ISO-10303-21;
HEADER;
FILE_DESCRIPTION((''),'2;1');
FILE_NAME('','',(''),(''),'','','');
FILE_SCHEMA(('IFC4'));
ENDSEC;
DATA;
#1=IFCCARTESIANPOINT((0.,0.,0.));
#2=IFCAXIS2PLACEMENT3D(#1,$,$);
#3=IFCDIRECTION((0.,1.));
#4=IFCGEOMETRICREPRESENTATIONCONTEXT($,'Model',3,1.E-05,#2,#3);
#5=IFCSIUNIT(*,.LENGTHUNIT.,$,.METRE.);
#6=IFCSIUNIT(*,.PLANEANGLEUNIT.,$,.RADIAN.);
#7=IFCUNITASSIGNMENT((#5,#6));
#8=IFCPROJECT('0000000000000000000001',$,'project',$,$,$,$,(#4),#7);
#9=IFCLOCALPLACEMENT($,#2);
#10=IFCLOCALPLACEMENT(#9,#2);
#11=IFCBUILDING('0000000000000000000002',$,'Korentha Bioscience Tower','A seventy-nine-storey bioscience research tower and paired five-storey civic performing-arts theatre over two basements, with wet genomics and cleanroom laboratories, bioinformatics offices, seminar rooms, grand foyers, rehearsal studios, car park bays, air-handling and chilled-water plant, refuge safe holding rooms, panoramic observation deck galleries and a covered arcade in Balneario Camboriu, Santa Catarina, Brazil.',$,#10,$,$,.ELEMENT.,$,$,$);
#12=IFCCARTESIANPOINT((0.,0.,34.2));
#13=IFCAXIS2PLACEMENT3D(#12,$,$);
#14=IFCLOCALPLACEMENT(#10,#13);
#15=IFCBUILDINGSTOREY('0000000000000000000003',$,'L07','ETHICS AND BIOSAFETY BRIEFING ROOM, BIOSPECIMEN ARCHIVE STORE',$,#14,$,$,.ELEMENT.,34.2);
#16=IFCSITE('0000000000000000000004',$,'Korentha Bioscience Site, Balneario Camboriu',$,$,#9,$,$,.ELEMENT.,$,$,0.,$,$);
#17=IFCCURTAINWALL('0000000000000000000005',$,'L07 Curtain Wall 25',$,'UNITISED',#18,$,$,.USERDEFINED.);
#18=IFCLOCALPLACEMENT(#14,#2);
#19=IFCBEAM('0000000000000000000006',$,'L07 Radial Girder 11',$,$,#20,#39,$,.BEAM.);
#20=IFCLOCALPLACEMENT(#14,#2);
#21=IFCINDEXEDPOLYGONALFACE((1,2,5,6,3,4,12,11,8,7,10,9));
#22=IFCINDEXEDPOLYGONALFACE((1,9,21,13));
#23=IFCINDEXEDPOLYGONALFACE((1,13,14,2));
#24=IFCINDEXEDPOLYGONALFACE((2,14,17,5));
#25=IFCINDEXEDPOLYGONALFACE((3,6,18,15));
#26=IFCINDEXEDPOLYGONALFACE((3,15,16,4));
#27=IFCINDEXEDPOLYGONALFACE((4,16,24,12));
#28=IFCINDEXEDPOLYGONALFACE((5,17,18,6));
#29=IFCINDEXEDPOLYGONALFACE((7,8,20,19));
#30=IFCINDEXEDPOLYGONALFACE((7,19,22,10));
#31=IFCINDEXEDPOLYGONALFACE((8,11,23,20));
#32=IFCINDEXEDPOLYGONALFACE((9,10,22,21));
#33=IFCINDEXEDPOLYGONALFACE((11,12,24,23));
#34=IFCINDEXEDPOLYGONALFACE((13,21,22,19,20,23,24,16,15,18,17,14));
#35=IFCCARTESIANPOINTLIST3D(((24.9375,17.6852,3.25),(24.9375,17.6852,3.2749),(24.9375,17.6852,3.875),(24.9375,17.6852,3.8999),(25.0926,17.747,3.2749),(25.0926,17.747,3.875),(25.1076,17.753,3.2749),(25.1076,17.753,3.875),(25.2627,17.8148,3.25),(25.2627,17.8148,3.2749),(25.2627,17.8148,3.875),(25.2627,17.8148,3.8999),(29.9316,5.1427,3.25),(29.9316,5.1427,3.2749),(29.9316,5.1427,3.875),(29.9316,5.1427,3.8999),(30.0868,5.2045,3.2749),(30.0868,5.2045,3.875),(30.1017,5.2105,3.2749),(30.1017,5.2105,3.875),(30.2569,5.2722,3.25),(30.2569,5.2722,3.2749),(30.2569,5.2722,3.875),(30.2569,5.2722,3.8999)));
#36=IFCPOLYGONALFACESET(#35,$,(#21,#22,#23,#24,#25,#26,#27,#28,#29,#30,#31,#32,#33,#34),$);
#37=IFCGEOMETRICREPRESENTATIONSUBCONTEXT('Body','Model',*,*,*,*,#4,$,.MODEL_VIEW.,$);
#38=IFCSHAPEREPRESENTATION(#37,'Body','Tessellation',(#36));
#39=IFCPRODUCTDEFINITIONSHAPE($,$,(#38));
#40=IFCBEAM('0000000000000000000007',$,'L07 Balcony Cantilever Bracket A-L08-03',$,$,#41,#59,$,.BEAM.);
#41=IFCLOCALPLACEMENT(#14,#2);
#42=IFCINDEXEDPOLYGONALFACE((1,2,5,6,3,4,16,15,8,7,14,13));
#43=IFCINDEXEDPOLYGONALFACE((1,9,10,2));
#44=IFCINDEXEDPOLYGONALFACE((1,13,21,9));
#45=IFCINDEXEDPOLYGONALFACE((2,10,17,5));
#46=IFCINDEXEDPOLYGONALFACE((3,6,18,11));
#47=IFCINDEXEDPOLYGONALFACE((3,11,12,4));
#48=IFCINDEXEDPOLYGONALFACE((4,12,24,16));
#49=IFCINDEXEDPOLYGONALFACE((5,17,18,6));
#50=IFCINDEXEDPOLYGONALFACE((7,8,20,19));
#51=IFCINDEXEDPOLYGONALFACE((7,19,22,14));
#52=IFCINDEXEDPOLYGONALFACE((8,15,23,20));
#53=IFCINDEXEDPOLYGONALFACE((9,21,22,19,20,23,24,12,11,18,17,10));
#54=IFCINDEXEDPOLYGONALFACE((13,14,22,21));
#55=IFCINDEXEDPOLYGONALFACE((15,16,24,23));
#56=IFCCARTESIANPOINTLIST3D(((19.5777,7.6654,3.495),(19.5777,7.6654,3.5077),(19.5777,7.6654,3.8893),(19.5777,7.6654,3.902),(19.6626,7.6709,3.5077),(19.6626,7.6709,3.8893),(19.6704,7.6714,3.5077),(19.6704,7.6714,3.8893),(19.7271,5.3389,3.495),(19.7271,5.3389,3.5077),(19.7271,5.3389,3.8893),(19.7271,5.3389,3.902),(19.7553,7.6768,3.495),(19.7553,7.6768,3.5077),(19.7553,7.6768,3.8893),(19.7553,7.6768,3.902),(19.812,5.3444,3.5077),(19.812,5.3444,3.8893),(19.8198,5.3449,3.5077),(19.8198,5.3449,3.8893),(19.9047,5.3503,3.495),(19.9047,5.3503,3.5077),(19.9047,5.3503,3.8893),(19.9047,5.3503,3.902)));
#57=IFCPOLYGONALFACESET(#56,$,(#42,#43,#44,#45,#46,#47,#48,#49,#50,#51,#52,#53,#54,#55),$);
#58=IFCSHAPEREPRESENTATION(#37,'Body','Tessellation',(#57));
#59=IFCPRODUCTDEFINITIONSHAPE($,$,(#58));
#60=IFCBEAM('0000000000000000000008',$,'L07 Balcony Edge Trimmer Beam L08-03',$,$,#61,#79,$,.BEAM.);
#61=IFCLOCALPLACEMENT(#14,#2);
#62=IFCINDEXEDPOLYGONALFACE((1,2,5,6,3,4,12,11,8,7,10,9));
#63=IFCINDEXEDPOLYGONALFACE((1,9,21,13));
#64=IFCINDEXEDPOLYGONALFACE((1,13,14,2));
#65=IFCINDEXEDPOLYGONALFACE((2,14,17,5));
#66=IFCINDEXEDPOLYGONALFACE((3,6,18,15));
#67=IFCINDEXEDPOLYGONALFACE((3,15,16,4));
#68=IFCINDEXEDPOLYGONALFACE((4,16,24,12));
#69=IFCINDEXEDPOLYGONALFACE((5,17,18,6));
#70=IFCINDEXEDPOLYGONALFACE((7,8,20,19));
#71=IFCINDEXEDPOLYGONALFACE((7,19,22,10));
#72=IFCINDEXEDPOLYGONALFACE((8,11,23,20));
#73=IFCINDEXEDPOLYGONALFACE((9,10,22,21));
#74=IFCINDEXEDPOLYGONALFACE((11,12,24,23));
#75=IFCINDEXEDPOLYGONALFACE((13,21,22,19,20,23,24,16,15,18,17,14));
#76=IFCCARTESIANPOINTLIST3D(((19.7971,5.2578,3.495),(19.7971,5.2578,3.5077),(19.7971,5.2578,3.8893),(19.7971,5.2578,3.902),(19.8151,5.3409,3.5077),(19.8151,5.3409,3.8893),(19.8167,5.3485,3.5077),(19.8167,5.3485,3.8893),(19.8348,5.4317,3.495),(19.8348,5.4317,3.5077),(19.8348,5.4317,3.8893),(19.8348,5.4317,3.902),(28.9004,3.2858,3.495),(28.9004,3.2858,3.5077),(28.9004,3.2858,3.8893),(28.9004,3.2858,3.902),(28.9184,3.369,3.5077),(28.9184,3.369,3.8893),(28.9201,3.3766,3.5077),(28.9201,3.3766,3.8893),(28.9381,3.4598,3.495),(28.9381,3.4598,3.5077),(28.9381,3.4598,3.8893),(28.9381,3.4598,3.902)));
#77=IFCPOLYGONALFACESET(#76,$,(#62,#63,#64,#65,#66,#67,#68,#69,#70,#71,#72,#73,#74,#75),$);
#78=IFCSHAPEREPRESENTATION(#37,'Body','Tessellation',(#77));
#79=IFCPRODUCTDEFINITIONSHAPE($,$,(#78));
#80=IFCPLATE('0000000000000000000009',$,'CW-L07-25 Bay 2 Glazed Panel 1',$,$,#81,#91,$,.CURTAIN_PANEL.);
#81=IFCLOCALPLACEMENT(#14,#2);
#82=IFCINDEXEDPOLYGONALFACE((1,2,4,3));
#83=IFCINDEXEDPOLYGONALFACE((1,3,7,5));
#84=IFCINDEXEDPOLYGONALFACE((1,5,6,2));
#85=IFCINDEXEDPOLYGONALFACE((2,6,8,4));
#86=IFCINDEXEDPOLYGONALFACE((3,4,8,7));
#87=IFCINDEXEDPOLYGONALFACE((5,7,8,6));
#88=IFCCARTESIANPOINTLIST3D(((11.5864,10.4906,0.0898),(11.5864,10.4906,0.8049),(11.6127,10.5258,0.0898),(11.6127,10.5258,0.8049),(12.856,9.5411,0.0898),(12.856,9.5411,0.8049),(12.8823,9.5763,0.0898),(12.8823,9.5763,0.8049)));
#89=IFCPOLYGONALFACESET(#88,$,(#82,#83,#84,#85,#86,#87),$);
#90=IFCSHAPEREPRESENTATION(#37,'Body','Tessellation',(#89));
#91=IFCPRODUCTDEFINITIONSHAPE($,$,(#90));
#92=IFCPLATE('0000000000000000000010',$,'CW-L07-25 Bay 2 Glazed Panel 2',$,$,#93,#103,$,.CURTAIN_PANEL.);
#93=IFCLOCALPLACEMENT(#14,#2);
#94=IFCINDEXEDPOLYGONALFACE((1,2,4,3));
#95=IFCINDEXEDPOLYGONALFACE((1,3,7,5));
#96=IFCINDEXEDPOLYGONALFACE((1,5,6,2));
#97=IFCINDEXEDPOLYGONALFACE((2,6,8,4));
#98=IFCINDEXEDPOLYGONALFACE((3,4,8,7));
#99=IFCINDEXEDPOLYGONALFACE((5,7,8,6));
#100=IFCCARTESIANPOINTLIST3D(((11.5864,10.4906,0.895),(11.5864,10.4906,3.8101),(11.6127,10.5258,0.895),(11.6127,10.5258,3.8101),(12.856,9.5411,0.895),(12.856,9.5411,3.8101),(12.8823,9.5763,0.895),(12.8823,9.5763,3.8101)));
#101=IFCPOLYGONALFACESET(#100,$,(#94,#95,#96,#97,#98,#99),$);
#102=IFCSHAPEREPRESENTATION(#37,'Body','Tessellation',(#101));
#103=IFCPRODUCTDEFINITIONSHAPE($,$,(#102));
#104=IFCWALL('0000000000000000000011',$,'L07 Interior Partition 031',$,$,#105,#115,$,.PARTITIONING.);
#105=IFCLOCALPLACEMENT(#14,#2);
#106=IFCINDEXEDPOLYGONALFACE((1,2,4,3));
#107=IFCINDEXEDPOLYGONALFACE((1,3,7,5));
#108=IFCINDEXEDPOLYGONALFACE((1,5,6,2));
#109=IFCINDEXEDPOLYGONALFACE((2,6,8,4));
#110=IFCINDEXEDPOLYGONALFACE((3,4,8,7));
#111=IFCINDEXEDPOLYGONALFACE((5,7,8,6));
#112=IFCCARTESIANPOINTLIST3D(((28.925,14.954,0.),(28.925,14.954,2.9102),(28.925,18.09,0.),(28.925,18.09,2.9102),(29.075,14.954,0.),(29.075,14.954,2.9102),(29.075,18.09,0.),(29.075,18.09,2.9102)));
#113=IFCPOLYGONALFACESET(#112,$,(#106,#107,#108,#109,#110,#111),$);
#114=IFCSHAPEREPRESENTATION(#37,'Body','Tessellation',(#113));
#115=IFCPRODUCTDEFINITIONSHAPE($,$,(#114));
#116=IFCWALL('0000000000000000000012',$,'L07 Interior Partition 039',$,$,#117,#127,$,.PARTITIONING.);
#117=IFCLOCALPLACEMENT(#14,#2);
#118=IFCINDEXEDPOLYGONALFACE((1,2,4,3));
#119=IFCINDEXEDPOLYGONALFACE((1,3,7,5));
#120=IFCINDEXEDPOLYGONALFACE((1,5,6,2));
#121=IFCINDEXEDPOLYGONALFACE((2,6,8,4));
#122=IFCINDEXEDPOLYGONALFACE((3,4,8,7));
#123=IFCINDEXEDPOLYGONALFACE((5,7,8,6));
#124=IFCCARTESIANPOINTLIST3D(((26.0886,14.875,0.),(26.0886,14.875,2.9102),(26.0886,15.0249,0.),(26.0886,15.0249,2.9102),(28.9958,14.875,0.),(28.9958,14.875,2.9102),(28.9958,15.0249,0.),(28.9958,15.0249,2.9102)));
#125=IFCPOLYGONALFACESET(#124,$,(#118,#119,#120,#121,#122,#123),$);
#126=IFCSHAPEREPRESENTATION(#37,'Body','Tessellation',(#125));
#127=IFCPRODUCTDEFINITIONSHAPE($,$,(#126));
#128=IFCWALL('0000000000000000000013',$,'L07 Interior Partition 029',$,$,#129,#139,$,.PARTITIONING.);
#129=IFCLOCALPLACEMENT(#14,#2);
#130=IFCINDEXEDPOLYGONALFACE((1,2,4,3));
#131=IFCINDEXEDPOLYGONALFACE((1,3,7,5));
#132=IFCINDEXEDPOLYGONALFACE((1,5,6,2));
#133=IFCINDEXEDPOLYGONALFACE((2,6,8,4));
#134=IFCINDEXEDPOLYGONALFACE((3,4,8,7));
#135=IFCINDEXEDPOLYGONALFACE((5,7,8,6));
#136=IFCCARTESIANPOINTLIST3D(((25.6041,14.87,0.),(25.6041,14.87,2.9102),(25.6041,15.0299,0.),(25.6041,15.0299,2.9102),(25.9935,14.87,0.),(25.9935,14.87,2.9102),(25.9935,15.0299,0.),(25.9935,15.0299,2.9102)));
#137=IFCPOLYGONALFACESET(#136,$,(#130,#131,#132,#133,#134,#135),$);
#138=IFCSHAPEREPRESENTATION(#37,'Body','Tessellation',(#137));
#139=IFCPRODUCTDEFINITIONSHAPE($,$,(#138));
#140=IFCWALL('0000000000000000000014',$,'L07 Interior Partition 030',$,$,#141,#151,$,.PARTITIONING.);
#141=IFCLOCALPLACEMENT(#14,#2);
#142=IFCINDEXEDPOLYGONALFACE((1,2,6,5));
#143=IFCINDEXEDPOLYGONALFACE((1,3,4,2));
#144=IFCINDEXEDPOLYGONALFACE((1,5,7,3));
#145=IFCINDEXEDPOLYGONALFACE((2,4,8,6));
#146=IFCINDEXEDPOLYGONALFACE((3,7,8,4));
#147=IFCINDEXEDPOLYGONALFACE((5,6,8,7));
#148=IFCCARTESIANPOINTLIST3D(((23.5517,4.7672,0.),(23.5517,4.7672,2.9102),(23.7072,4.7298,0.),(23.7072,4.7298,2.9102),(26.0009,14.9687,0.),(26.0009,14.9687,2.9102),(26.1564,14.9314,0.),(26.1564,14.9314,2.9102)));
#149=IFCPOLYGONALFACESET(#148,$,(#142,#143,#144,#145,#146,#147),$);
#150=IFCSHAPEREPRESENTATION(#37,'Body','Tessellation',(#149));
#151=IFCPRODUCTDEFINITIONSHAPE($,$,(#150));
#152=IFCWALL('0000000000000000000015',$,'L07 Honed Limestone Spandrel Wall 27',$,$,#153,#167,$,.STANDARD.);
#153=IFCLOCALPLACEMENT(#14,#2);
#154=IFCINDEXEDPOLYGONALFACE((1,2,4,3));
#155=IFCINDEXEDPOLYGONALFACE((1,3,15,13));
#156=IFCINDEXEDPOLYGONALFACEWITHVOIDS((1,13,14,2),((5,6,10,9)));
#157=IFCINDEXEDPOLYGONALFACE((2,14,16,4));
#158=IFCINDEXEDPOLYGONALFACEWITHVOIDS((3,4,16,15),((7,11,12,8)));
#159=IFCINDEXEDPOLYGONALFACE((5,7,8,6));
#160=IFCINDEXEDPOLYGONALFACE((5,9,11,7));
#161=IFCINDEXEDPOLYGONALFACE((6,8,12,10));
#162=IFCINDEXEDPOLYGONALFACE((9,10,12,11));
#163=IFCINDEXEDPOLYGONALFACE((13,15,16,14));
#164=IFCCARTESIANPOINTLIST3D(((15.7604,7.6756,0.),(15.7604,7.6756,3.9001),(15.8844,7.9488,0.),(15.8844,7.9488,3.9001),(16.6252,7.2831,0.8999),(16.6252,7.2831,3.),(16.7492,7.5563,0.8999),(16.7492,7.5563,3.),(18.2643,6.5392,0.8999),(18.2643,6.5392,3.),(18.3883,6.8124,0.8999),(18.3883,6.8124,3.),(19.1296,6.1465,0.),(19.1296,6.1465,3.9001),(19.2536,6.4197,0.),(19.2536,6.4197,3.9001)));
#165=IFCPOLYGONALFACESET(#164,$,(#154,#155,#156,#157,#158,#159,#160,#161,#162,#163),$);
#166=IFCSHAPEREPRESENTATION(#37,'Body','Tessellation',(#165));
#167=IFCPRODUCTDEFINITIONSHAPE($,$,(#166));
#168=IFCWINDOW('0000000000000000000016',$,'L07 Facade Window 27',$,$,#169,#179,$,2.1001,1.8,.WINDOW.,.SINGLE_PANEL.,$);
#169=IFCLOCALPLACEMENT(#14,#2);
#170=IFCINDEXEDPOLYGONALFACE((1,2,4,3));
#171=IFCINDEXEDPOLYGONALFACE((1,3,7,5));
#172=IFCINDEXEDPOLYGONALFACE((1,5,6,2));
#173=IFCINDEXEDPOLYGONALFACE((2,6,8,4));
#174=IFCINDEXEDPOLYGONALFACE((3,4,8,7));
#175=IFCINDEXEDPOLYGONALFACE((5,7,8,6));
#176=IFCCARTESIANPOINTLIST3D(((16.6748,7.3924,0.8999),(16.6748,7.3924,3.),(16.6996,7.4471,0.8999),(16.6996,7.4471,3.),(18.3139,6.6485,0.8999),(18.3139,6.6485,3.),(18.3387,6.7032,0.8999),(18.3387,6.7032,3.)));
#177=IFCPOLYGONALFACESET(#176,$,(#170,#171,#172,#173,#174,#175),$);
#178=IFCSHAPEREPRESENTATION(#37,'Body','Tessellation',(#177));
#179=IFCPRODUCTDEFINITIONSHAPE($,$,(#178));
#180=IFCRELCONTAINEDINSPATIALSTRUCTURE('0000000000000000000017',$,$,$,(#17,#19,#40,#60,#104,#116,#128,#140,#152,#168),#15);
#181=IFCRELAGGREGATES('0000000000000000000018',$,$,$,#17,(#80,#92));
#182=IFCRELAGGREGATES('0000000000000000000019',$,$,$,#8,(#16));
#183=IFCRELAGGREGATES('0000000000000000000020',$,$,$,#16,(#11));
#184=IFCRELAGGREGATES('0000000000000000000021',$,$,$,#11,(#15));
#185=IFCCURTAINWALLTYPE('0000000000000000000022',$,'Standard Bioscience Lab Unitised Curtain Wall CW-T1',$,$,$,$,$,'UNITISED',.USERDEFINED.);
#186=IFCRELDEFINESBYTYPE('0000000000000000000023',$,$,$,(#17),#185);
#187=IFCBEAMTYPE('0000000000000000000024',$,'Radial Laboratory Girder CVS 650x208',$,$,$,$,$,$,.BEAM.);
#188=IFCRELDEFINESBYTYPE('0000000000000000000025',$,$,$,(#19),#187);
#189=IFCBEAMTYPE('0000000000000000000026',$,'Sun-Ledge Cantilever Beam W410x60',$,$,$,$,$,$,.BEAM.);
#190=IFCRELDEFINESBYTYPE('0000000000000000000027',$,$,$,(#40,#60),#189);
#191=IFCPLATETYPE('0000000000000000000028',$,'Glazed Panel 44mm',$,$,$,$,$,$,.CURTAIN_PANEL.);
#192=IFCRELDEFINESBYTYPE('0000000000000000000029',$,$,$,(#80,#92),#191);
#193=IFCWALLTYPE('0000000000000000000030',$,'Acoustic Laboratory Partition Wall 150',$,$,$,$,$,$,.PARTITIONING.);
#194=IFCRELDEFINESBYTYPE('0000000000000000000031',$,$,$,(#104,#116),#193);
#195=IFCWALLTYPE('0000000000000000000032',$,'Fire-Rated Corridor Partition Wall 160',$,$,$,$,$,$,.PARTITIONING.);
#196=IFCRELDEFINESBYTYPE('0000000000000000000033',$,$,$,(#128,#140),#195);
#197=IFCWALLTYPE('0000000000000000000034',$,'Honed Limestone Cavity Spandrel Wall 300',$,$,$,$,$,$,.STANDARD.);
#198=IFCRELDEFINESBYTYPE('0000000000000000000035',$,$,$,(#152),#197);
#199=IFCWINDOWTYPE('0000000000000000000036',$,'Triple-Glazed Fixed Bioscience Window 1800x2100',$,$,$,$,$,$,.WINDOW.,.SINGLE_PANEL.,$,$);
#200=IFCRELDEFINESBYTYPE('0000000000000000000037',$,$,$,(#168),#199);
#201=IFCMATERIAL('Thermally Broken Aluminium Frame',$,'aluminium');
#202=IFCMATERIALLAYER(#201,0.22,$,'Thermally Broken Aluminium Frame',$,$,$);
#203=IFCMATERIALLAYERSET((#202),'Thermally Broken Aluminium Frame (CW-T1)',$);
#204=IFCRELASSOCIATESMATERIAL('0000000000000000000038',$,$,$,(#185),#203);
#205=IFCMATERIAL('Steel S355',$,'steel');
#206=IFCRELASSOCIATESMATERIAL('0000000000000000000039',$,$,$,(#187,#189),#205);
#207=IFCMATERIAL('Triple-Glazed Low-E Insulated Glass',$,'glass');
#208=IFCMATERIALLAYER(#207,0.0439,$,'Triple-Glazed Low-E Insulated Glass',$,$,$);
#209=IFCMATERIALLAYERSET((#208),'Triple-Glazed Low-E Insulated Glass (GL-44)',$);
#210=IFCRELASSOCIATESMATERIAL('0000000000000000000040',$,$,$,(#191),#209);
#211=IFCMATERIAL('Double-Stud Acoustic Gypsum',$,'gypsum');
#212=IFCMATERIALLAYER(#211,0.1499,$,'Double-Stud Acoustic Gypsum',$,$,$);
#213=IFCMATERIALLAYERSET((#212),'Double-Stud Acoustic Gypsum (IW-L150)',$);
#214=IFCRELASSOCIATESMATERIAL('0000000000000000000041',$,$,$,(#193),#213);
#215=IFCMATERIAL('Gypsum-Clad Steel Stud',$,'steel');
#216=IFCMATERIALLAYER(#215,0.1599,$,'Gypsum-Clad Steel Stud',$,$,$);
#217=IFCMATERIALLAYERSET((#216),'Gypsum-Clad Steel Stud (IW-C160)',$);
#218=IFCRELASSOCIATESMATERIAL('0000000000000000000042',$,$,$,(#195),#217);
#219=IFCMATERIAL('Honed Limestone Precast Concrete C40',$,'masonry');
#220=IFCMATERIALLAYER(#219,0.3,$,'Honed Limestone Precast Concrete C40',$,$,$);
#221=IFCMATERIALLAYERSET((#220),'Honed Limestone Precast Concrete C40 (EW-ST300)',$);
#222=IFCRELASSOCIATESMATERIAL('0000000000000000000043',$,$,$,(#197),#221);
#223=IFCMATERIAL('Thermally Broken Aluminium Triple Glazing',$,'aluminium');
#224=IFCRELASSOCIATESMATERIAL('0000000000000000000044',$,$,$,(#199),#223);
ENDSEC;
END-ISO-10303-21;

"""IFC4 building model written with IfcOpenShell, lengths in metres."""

from ifc_helpers import new_model, si_unit, direction, frame, frame_2d, origin, origin_2d, place, context, subcontext, project, spatial, rectangle, i_section, extrude, material, layer, layer_set, material_profile, profile_set, type_object, element, fill, aggregate, save


model = new_model("IFC4")

# Units and contexts
model_context = context("Model", 3, precision=1e-05, world=origin(), true_north=direction((0.0, 1.0)))
body_context = subcontext(model_context, "Body", "Model", "MODEL_VIEW")
ifc_project = project(units=[si_unit("LENGTHUNIT", "METRE"), si_unit("PLANEANGLEUNIT", "RADIAN")], contexts=[model_context])

# Site, building, storey
site_placement = place(None, origin())
site = spatial("IfcSite", under=ifc_project, at=site_placement, Name="Korentha Bioscience Site, Balneario Camboriu", CompositionType="ELEMENT", RefElevation=0.0)
building_placement = place(site_placement, origin())
building = spatial("IfcBuilding", under=site, at=building_placement, Name="Korentha Bioscience Tower", Description="A seventy-nine-storey bioscience research tower and paired five-storey civic performing-arts theatre over two basements, with wet genomics and cleanroom laboratories, bioinformatics offices, seminar rooms, grand foyers, rehearsal studios, car park bays, air-handling and chilled-water plant, refuge safe holding rooms, panoramic observation deck galleries and a covered arcade in Balneario Camboriu, Santa Catarina, Brazil.", CompositionType="ELEMENT")
storey_placement = place(building_placement, frame((0.0, 0.0, 34.2)))
storey = spatial("IfcBuildingStorey", under=building, at=storey_placement, Name="L07", Description="ETHICS AND BIOSAFETY BRIEFING ROOM, BIOSPECIMEN ARCHIVE STORE", CompositionType="ELEMENT", Elevation=34.2)

# Curtain wall
ifc_material_1 = material(Name="Thermally Broken Aluminium Frame", Category="aluminium")
ifc_layer_1 = layer(ifc_material_1, 0.22, Name="Thermally Broken Aluminium Frame")
ifc_layer_set_1 = layer_set([ifc_layer_1], Name="Thermally Broken Aluminium Frame (CW-T1)")
curtain_wall_type = type_object("IfcCurtainWallType", Name="Standard Bioscience Lab Unitised Curtain Wall CW-T1", ElementType="UNITISED", PredefinedType="USERDEFINED", material=ifc_layer_set_1)
curtain_wall_1_placement = place(storey_placement, origin())
curtain_wall_1 = element("IfcCurtainWall", 1, at=curtain_wall_1_placement, inside=storey, type_object=curtain_wall_type, Name="L07 Curtain Wall 25", ObjectType="UNITISED", PredefinedType="USERDEFINED")

# Beams
ifc_material_2 = material(Name="Steel S355", Category="steel")
ifc_material_profile_1 = material_profile(ifc_material_2, i_section(OverallWidth=0.3501, OverallDepth=0.6499, WebThickness=0.0161, FlangeThickness=0.0249, at=origin_2d()), Name="Steel S355")
ifc_profile_set_1 = profile_set([ifc_material_profile_1], Name="Steel S355 (RB-650)")
beam_type_1 = type_object("IfcBeamType", Name="Radial Laboratory Girder CVS 650x208", PredefinedType="BEAM", material=ifc_profile_set_1)
beam_1_placement = place(storey_placement, frame((25.1001, 17.75, 3.575), z_axis=(0.369931, -0.929059, 0.0), x_axis=(0.929059, 0.369931, 0.0)))
element("IfcBeam", 2, at=beam_1_placement, inside=storey, type_object=beam_type_1, Name="L07 Radial Girder 11", PredefinedType="BEAM", context=body_context, shape_type="SweptSolid", body=[
    extrude(i_section(OverallWidth=0.3501, OverallDepth=0.6499, WebThickness=0.0161, FlangeThickness=0.0249, at=origin_2d()), origin(), (0.0, 0.0, 1.0), 13.5002),
])
ifc_material_profile_2 = material_profile(ifc_material_2, i_section(OverallWidth=0.178, OverallDepth=0.407, WebThickness=0.0078, FlangeThickness=0.0127, at=origin_2d()), Name="Steel S355")
ifc_profile_set_2 = profile_set([ifc_material_profile_2], Name="Steel S355 (CB-410)")
beam_type_2 = type_object("IfcBeamType", Name="Sun-Ledge Cantilever Beam W410x60", PredefinedType="BEAM", material=ifc_profile_set_2)
beam_2_placement = place(storey_placement, frame((19.6665, 7.6711, 3.6985), z_axis=(0.064093, -0.997944, 0.0), x_axis=(0.997944, 0.064093, 0.0)))
element("IfcBeam", 3, at=beam_2_placement, inside=storey, type_object=beam_type_2, Name="L07 Balcony Cantilever Bracket A-L08-03", PredefinedType="BEAM", context=body_context, shape_type="SweptSolid", body=[
    extrude(i_section(OverallWidth=0.178, OverallDepth=0.407, WebThickness=0.0078, FlangeThickness=0.0127, at=origin_2d()), origin(), (0.0, 0.0, 1.0), 2.3313),
])
beam_3_placement = place(storey_placement, frame((19.8159, 5.3447, 3.6985), z_axis=(0.977333, -0.211707, 0.0), x_axis=(0.211707, 0.977333, 0.0)))
element("IfcBeam", 4, at=beam_3_placement, inside=storey, type_object=beam_type_2, Name="L07 Balcony Edge Trimmer Beam L08-03", PredefinedType="BEAM", context=body_context, shape_type="SweptSolid", body=[
    extrude(i_section(OverallWidth=0.178, OverallDepth=0.407, WebThickness=0.0078, FlangeThickness=0.0127, at=origin_2d()), origin(), (0.0, 0.0, 1.0), 9.3145),
])

# Plates
ifc_material_3 = material(Name="Triple-Glazed Low-E Insulated Glass", Category="glass")
ifc_layer_2 = layer(ifc_material_3, 0.0439, Name="Triple-Glazed Low-E Insulated Glass")
ifc_layer_set_2 = layer_set([ifc_layer_2], Name="Triple-Glazed Low-E Insulated Glass (GL-44)")
plate_type = type_object("IfcPlateType", Name="Glazed Panel 44mm", PredefinedType="CURTAIN_PANEL", material=ifc_layer_set_2)
plate_1_placement = place(storey_placement, frame((12.2344, 10.0334, 0.0898), z_axis=(0.0, 0.0, 1.0), x_axis=(0.800798, -0.598935, 0.0)))
plate_1 = element("IfcPlate", 5, at=plate_1_placement, type_object=plate_type, Name="CW-L07-25 Bay 2 Glazed Panel 1", PredefinedType="CURTAIN_PANEL", context=body_context, shape_type="SweptSolid", body=[
    extrude(rectangle(XDim=1.5854, YDim=0.0439, at=origin_2d()), origin(), (0.0, 0.0, 1.0), 0.7151),
])
plate_2_placement = place(storey_placement, frame((12.2344, 10.0334, 0.895), z_axis=(0.0, 0.0, 1.0), x_axis=(0.800798, -0.598935, 0.0)))
plate_2 = element("IfcPlate", 6, at=plate_2_placement, type_object=plate_type, Name="CW-L07-25 Bay 2 Glazed Panel 2", PredefinedType="CURTAIN_PANEL", context=body_context, shape_type="SweptSolid", body=[
    extrude(rectangle(XDim=1.5854, YDim=0.0439, at=origin_2d()), origin(), (0.0, 0.0, 1.0), 2.915),
])
aggregate(curtain_wall_1, [plate_1, plate_2])

# Walls
ifc_material_4 = material(Name="Double-Stud Acoustic Gypsum", Category="gypsum")
ifc_layer_3 = layer(ifc_material_4, 0.1499, Name="Double-Stud Acoustic Gypsum")
ifc_layer_set_3 = layer_set([ifc_layer_3], Name="Double-Stud Acoustic Gypsum (IW-L150)")
wall_type_1 = type_object("IfcWallType", Name="Acoustic Laboratory Partition Wall 150", PredefinedType="PARTITIONING", material=ifc_layer_set_3)
wall_1_placement = place(storey_placement, frame((29.0, 14.9541, 0.0), z_axis=(0.0, 0.0, 1.0), x_axis=(0.0, 1.0, 0.0)))
element("IfcWall", 7, at=wall_1_placement, inside=storey, type_object=wall_type_1, Name="L07 Interior Partition 031", PredefinedType="PARTITIONING", context=body_context, shape_type="SweptSolid", body=[
    extrude(rectangle(XDim=3.136, YDim=0.1499, at=frame_2d((1.5679, 0.0))), origin(), (0.0, 0.0, 1.0), 2.9102),
])
wall_2_placement = place(storey_placement, frame((26.0886, 14.95, 0.0), z_axis=(0.0, 0.0, 1.0), x_axis=(1.0, 0.0, 0.0)))
element("IfcWall", 8, at=wall_2_placement, inside=storey, type_object=wall_type_1, Name="L07 Interior Partition 039", PredefinedType="PARTITIONING", context=body_context, shape_type="SweptSolid", body=[
    extrude(rectangle(XDim=2.9072, YDim=0.1499, at=frame_2d((1.4536, 0.0))), origin(), (0.0, 0.0, 1.0), 2.9102),
])
ifc_material_5 = material(Name="Gypsum-Clad Steel Stud", Category="steel")
ifc_layer_4 = layer(ifc_material_5, 0.1599, Name="Gypsum-Clad Steel Stud")
ifc_layer_set_4 = layer_set([ifc_layer_4], Name="Gypsum-Clad Steel Stud (IW-C160)")
wall_type_2 = type_object("IfcWallType", Name="Fire-Rated Corridor Partition Wall 160", PredefinedType="PARTITIONING", material=ifc_layer_set_4)
wall_3_placement = place(storey_placement, frame((25.604, 14.95, 0.0), z_axis=(0.0, 0.0, 1.0), x_axis=(1.0, 0.0, 0.0)))
element("IfcWall", 9, at=wall_3_placement, inside=storey, type_object=wall_type_2, Name="L07 Interior Partition 029", PredefinedType="PARTITIONING", context=body_context, shape_type="SweptSolid", body=[
    extrude(rectangle(XDim=0.3894, YDim=0.1599, at=frame_2d((0.1948, 0.0))), origin(), (0.0, 0.0, 1.0), 2.9102),
])
wall_4_placement = place(storey_placement, frame((26.0786, 14.95, 0.0), z_axis=(0.0, 0.0, 1.0), x_axis=(-0.233447, -0.97237, 0.0)))
element("IfcWall", 10, at=wall_4_placement, inside=storey, type_object=wall_type_2, Name="L07 Interior Partition 030", PredefinedType="PARTITIONING", context=body_context, shape_type="SweptSolid", body=[
    extrude(rectangle(XDim=10.4915, YDim=0.1599, at=frame_2d((5.2456, 0.0))), origin(), (0.0, 0.0, 1.0), 2.9102),
])

# Shared definitions
ifc_material_6 = material(Name="Honed Limestone Precast Concrete C40", Category="masonry")
ifc_layer_5 = layer(ifc_material_6, 0.3, Name="Honed Limestone Precast Concrete C40")
ifc_layer_set_5 = layer_set([ifc_layer_5], Name="Honed Limestone Precast Concrete C40 (EW-ST300)")
wall_type_3 = type_object("IfcWallType", Name="Honed Limestone Cavity Spandrel Wall 300", PredefinedType="STANDARD", material=ifc_layer_set_5)

# Wall, opening, window
wall_5_placement = place(storey_placement, frame((15.8223, 7.8123, 0.0), z_axis=(0.0, 0.0, 1.0), x_axis=(0.910608, -0.413271, 0.0)))
wall_5 = element("IfcWall", 11, at=wall_5_placement, inside=storey, type_object=wall_type_3, Name="L07 Honed Limestone Spandrel Wall 27", PredefinedType="STANDARD", context=body_context, shape_type="SweptSolid", body=[
    extrude(rectangle(XDim=3.7, YDim=0.3, at=frame_2d((1.8501, 0.0))), origin(), (0.0, 0.0, 1.0), 3.9001),
])
opening_1_placement = place(wall_5_placement, frame((0.95, 0.0, 0.8999)))
opening_1 = element("IfcOpeningElement", 12, at=opening_1_placement, cuts=wall_5, PredefinedType="OPENING", context=body_context, shape_type="SweptSolid", body=[
    extrude(rectangle(XDim=1.8, YDim=2.1001, at=frame_2d((0.8999, 1.05))), frame((0.0, 0.165, 0.0), z_axis=(0.0, -1.0, 0.0), x_axis=(1.0, 0.0, 0.0)), (0.0, 0.0, 1.0), 0.3298),
])
ifc_material_7 = material(Name="Thermally Broken Aluminium Triple Glazing", Category="aluminium")
window_type = type_object("IfcWindowType", Name="Triple-Glazed Fixed Bioscience Window 1800x2100", PartitioningType="SINGLE_PANEL", PredefinedType="WINDOW", material=ifc_material_7)
window_placement = place(opening_1_placement, origin())
window = element("IfcWindow", 13, at=window_placement, inside=storey, type_object=window_type, Name="L07 Facade Window 27", OverallHeight=2.1001, OverallWidth=1.8, PartitioningType="SINGLE_PANEL", PredefinedType="WINDOW", context=body_context, shape_type="SweptSolid", body=[
    extrude(rectangle(XDim=1.8, YDim=2.1001, at=frame_2d((0.8999, 1.05))), frame((0.0, 0.03, 0.0), z_axis=(0.0, -1.0, 0.0), x_axis=(1.0, 0.0, 0.0)), (0.0, 0.0, 1.0), 0.0601),
])
fill(opening_1, window)

save(model, "model.ifc")
